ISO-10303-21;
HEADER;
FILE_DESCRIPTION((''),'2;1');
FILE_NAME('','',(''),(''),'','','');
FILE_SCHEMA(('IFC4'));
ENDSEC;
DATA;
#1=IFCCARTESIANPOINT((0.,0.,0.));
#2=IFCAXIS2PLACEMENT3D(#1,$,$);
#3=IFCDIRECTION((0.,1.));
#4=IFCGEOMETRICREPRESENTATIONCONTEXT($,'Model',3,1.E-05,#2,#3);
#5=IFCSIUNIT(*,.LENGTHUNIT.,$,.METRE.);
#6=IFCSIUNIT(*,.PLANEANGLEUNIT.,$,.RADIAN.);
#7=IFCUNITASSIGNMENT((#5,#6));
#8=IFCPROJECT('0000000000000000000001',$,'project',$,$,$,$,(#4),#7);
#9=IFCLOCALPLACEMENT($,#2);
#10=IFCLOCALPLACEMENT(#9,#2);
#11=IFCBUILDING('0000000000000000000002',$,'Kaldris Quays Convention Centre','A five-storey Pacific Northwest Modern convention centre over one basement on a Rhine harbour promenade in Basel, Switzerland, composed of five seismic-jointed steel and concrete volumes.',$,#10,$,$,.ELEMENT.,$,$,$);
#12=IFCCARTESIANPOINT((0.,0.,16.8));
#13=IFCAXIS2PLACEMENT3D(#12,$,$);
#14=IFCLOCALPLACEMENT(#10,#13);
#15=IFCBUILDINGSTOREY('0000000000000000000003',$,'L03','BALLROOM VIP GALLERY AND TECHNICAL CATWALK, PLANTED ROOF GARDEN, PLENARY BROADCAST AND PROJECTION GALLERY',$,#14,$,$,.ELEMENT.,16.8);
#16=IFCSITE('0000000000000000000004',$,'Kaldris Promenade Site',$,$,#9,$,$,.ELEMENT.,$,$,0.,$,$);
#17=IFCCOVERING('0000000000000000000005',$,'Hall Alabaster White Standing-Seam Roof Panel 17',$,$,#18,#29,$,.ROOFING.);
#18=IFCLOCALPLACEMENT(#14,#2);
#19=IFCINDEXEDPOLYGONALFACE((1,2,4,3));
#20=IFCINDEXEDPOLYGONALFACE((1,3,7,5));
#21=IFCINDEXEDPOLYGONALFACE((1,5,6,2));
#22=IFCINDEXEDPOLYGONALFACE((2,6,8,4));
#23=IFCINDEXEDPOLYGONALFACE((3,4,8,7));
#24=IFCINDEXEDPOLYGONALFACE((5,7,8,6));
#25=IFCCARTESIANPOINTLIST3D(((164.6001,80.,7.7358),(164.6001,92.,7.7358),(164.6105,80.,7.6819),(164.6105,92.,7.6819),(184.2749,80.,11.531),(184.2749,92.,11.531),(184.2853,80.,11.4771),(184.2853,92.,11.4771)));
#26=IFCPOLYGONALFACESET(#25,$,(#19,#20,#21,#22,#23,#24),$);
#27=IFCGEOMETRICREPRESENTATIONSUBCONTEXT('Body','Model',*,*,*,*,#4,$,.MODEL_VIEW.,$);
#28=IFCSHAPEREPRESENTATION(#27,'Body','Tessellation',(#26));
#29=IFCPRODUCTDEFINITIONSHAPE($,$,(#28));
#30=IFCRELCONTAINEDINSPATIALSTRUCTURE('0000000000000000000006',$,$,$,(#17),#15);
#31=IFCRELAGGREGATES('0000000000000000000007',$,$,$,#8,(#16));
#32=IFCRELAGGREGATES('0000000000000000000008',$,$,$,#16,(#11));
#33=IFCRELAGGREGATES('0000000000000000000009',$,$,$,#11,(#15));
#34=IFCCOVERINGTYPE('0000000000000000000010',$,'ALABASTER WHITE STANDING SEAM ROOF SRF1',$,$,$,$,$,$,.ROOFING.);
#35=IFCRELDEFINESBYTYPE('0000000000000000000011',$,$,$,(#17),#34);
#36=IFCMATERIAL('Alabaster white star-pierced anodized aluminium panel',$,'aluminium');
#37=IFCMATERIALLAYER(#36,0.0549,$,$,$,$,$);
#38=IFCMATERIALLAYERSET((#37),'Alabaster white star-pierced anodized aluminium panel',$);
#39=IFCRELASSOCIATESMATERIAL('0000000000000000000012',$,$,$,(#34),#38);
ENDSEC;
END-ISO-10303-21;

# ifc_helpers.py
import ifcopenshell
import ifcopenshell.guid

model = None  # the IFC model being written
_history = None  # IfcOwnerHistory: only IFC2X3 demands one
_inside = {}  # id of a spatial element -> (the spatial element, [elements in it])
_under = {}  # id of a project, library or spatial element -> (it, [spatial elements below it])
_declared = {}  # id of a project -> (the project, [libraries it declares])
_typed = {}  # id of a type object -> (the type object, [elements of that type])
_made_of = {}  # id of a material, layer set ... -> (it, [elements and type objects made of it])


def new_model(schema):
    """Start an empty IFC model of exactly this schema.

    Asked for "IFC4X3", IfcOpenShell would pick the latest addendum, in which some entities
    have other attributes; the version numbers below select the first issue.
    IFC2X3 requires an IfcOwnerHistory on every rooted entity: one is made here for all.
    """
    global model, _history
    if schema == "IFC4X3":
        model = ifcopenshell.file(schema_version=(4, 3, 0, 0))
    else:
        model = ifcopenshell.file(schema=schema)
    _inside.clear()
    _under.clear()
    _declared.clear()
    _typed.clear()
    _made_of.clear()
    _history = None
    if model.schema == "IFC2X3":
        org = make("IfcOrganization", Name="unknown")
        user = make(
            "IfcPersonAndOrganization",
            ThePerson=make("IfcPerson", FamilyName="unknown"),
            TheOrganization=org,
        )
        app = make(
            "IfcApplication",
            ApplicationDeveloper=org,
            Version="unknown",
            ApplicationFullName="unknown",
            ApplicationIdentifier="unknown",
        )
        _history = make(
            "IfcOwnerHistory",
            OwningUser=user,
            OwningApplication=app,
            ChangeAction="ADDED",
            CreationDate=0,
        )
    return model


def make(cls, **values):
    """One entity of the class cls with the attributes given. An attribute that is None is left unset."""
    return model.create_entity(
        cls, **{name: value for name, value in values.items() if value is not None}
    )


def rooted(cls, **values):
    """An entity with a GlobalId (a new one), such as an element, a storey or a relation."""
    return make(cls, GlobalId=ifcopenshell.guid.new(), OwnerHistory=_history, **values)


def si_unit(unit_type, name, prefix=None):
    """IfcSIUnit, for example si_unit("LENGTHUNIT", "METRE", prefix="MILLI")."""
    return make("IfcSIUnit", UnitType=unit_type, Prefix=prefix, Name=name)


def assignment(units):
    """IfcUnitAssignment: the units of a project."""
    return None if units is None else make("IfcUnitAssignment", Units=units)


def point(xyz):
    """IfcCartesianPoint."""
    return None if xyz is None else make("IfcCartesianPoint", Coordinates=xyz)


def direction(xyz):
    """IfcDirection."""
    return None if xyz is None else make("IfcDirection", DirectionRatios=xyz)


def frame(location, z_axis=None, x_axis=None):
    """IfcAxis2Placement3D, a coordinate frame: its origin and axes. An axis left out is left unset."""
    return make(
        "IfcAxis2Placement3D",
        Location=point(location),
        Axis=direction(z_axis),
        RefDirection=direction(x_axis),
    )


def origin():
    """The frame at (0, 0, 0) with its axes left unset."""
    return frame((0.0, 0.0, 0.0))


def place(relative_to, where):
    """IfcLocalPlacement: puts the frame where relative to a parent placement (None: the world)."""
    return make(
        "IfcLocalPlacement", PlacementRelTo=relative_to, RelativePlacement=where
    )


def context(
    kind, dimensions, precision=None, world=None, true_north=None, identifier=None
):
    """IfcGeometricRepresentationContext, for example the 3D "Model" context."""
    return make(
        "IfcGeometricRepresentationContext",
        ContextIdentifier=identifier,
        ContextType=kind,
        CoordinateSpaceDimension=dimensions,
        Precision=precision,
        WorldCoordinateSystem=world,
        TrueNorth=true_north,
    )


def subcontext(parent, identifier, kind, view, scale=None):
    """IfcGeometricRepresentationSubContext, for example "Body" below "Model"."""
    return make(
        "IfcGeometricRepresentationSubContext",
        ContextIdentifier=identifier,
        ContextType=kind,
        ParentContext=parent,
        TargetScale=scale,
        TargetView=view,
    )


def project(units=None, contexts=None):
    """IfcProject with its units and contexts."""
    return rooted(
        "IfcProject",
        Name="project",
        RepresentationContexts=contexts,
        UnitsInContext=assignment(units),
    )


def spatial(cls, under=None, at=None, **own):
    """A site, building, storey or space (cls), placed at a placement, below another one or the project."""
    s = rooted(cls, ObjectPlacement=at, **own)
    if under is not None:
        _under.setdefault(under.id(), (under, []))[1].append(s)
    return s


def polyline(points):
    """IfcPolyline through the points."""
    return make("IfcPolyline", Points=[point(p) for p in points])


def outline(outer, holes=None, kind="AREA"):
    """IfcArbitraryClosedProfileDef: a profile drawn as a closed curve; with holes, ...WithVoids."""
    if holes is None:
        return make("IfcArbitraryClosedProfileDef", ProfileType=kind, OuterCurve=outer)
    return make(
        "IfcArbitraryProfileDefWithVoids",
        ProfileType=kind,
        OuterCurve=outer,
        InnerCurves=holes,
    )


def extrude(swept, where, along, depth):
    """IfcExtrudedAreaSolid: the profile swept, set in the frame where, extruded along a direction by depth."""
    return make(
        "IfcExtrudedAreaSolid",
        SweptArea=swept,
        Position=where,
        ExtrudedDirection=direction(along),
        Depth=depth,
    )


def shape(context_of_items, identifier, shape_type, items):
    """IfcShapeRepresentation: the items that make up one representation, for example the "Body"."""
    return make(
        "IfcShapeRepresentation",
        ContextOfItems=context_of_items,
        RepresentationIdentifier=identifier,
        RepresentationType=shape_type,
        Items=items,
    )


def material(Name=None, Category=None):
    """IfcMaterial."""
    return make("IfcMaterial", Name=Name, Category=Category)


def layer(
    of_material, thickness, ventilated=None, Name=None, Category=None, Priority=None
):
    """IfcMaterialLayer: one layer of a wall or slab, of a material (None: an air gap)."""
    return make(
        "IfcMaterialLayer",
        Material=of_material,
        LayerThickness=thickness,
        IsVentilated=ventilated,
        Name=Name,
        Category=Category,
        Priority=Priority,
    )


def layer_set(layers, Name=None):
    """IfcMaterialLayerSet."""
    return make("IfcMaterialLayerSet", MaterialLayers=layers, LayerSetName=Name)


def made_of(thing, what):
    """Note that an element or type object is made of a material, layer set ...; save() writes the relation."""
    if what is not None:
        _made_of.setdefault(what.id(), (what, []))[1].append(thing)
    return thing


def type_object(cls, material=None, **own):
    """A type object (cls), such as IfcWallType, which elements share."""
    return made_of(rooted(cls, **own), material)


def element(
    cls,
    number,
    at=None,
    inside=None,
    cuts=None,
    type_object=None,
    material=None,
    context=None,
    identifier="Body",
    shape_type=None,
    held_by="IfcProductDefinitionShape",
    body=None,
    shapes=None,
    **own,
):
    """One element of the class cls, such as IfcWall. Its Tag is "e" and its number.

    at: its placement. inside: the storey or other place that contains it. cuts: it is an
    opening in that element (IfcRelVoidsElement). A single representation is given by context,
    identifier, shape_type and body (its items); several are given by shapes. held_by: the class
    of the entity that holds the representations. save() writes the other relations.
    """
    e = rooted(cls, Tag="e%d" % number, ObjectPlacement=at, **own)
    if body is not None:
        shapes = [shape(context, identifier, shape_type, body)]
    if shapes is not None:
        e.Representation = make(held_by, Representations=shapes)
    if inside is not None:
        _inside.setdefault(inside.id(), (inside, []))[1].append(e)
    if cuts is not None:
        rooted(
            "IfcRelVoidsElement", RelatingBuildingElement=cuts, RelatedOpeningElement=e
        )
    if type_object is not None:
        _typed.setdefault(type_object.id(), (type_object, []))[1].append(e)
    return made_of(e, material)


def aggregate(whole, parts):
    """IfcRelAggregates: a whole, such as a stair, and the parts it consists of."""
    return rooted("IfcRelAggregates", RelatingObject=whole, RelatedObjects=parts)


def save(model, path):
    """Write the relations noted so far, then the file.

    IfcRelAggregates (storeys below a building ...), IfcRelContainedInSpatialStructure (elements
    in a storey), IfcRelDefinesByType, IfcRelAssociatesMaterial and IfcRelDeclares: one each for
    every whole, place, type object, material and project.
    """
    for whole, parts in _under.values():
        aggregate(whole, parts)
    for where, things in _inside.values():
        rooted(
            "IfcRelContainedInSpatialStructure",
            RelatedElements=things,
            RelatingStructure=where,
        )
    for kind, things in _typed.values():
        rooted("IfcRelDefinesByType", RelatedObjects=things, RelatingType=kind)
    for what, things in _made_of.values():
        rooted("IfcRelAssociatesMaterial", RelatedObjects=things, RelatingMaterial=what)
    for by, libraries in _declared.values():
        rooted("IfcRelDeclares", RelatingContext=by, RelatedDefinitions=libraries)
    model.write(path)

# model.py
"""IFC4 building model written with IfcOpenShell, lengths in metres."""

from ifc_helpers import new_model, si_unit, direction, frame, origin, place, context, subcontext, project, spatial, polyline, outline, extrude, material, layer, layer_set, type_object, element, save


model = new_model("IFC4")

# Units and contexts
model_context = context("Model", 3, precision=1e-05, world=origin(), true_north=direction((0.0, 1.0)))
body_context = subcontext(model_context, "Body", "Model", "MODEL_VIEW")
ifc_project = project(units=[si_unit("LENGTHUNIT", "METRE"), si_unit("PLANEANGLEUNIT", "RADIAN")], contexts=[model_context])

# Site, building, storey
site_placement = place(None, origin())
site = spatial("IfcSite", under=ifc_project, at=site_placement, Name="Kaldris Promenade Site", CompositionType="ELEMENT", RefElevation=0.0)
building_placement = place(site_placement, origin())
building = spatial("IfcBuilding", under=site, at=building_placement, Name="Kaldris Quays Convention Centre", Description="A five-storey Pacific Northwest Modern convention centre over one basement on a Rhine harbour promenade in Basel, Switzerland, composed of five seismic-jointed steel and concrete volumes.", CompositionType="ELEMENT")
storey_placement = place(building_placement, frame((0.0, 0.0, 16.8)))
storey = spatial("IfcBuildingStorey", under=building, at=storey_placement, Name="L03", Description="BALLROOM VIP GALLERY AND TECHNICAL CATWALK, PLANTED ROOF GARDEN, PLENARY BROADCAST AND PROJECTION GALLERY", CompositionType="ELEMENT", Elevation=16.8)

# Covering
ifc_material_1 = material(Name="Alabaster white star-pierced anodized aluminium panel", Category="aluminium")
ifc_layer_1 = layer(ifc_material_1, 0.0549)
ifc_layer_set_1 = layer_set([ifc_layer_1], Name="Alabaster white star-pierced anodized aluminium panel")
covering_type = type_object("IfcCoveringType", Name="ALABASTER WHITE STANDING SEAM ROOF SRF1", PredefinedType="ROOFING", material=ifc_layer_set_1)
covering_placement = place(storey_placement, frame((164.6001, 80.0, 7.7358), z_axis=(-0.189403, 0.0, 0.981899), x_axis=(0.981899, 0.0, 0.189403)))
element("IfcCovering", 1, at=covering_placement, inside=storey, type_object=covering_type, Name="Hall Alabaster White Standing-Seam Roof Panel 17", PredefinedType="ROOFING", context=body_context, shape_type="SweptSolid", body=[
    extrude(outline(polyline([(0.0, 0.0), (20.0375, 0.0), (20.0375, 12.0), (0.0, 12.0), (0.0, 0.0)])), origin(), (0.0, 0.0, -1.0), 0.0549),
])

save(model, "model.ifc")
